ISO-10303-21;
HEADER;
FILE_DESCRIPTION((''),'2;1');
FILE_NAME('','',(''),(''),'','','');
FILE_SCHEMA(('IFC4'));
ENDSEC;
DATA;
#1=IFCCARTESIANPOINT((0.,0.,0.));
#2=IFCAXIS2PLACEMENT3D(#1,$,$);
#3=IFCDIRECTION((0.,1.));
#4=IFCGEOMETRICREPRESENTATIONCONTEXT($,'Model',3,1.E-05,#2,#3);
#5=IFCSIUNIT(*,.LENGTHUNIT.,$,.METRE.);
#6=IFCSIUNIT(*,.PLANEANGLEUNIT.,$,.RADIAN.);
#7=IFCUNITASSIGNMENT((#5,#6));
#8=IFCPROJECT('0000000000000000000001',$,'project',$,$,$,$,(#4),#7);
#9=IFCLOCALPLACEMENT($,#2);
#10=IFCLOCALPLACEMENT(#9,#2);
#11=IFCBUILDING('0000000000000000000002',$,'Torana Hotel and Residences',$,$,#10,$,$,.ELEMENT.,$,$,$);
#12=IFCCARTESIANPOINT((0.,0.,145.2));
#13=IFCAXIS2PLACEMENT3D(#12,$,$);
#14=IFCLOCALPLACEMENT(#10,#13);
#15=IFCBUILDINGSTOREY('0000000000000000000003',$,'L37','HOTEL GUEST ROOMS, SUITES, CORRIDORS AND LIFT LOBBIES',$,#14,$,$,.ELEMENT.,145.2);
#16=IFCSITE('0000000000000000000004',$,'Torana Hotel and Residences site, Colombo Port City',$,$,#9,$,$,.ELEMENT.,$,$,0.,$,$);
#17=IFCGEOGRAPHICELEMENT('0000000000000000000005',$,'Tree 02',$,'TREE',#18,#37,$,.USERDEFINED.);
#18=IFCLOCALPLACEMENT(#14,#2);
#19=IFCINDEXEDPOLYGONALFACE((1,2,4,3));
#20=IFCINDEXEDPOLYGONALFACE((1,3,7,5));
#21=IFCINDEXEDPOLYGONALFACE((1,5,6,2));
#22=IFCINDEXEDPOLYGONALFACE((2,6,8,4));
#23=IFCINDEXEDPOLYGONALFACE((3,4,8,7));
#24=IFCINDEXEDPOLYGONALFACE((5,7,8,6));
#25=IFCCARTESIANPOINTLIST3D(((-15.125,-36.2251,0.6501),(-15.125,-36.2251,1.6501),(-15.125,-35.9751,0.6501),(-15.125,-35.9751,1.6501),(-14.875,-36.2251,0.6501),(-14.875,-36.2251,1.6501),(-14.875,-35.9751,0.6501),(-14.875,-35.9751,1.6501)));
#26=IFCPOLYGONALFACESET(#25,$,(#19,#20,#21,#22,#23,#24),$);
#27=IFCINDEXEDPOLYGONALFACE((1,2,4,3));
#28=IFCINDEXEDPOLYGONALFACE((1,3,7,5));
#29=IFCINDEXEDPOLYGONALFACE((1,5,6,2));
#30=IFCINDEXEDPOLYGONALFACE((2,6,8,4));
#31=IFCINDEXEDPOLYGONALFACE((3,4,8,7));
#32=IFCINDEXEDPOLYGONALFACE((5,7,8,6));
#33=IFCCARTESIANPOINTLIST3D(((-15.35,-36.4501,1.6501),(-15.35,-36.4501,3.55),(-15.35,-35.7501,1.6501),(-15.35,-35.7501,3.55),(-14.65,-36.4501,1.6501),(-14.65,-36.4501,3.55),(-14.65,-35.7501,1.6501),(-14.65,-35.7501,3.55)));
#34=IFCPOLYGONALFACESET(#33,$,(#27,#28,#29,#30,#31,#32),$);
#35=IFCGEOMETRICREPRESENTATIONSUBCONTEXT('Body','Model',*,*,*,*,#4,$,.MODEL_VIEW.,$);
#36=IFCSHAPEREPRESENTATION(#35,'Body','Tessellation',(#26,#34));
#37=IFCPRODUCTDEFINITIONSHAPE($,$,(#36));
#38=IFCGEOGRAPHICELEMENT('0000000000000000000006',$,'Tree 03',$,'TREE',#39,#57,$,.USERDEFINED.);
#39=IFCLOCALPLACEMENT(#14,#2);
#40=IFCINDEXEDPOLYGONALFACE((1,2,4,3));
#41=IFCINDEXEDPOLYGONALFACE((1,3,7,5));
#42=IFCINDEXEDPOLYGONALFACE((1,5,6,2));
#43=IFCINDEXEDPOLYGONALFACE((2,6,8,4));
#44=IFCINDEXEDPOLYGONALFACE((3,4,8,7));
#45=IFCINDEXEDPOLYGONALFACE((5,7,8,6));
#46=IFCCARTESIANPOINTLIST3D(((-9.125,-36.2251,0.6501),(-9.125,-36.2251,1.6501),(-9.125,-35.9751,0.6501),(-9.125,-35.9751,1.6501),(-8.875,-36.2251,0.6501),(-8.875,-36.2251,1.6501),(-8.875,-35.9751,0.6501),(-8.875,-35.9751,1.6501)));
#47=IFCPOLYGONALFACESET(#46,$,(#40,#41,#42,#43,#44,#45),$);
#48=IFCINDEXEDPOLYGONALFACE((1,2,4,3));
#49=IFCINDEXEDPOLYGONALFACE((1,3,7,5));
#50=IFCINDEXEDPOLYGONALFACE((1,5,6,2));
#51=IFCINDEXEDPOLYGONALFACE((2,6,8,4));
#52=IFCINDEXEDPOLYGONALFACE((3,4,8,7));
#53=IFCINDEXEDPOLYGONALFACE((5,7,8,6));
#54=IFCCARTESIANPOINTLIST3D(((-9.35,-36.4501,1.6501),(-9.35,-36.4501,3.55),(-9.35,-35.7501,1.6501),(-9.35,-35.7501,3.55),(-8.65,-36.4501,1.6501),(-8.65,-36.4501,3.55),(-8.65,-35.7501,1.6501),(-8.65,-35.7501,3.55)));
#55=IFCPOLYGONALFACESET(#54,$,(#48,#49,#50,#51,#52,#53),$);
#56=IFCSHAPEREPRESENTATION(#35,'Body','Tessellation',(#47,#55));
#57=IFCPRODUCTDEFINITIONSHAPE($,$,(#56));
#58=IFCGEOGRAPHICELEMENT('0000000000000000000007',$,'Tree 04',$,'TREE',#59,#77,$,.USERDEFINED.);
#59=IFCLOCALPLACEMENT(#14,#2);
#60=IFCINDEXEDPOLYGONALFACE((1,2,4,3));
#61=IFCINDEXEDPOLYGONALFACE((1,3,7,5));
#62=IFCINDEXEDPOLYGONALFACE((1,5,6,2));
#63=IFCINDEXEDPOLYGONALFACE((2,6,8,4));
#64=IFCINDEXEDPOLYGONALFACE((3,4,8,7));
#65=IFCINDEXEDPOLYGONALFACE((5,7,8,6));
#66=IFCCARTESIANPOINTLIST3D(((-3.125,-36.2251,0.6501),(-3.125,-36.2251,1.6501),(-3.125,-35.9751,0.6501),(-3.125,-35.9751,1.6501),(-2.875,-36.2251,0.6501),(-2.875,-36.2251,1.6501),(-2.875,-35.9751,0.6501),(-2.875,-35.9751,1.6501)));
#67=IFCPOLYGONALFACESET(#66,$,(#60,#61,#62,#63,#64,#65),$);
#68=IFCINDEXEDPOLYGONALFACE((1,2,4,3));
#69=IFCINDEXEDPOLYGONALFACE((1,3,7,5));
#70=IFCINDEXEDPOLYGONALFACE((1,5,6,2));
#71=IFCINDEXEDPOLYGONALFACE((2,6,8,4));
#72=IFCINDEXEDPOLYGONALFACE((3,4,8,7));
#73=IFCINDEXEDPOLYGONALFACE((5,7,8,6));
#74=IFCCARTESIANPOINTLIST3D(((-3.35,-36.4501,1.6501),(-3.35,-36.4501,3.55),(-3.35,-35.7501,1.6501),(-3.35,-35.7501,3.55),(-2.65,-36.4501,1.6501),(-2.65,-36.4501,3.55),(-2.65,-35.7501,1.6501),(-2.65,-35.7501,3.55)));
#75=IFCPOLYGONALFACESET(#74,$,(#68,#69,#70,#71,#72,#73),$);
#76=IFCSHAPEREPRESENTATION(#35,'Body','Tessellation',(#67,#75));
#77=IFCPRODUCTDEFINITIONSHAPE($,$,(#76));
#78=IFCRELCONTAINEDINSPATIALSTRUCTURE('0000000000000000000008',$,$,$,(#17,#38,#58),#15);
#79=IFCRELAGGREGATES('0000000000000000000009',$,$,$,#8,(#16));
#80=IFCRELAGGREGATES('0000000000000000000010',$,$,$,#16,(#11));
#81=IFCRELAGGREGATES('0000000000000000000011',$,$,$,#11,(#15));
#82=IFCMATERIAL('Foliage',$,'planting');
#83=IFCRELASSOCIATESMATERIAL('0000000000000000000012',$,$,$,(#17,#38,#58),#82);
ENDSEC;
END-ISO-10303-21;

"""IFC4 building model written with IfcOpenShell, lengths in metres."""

from ifc_helpers import new_model, si_unit, direction, frame, origin, origin_2d, place, context, subcontext, project, spatial, rectangle, extrude, material, element, save


model = new_model("IFC4")

# Units and contexts
model_context = context("Model", 3, precision=1e-05, world=origin(), true_north=direction((0.0, 1.0)))
body_context = subcontext(model_context, "Body", "Model", "MODEL_VIEW")
ifc_project = project(units=[si_unit("LENGTHUNIT", "METRE"), si_unit("PLANEANGLEUNIT", "RADIAN")], contexts=[model_context])

# Site, building, storey
site_placement = place(None, origin())
site = spatial("IfcSite", under=ifc_project, at=site_placement, Name="Torana Hotel and Residences site, Colombo Port City", CompositionType="ELEMENT", RefElevation=0.0)
building_placement = place(site_placement, origin())
building = spatial("IfcBuilding", under=site, at=building_placement, Name="Torana Hotel and Residences", CompositionType="ELEMENT")
storey_placement = place(building_placement, frame((0.0, 0.0, 145.2)))
storey = spatial("IfcBuildingStorey", under=building, at=storey_placement, Name="L37", Description="HOTEL GUEST ROOMS, SUITES, CORRIDORS AND LIFT LOBBIES", CompositionType="ELEMENT", Elevation=145.2)

# Geographic elements
ifc_material_1 = material(Name="Foliage", Category="planting")
for number, where, z_axis, x_axis, name in (
    (1, (-15.0, -36.1001, 0.6501), (0.0, 0.0, 1.0), (1.0, 0.0, 0.0), "Tree 02"),
    (2, (-9.0, -36.1001, 0.6501), (0.0, 0.0, 1.0), (1.0, 0.0, 0.0), "Tree 03"),
    (3, (-3.0, -36.1001, 0.6501), (0.0, 0.0, 1.0), (1.0, 0.0, 0.0), "Tree 04"),
):
    element("IfcGeographicElement", number, at=place(storey_placement, frame(where, z_axis=z_axis, x_axis=x_axis)), inside=storey, material=ifc_material_1, Name=name, ObjectType="TREE", PredefinedType="USERDEFINED", context=body_context, shape_type="SweptSolid", body=[
        extrude(rectangle(XDim=0.25, YDim=0.25, at=origin_2d()), origin(), (0.0, 0.0, 1.0), 1.0),
        extrude(rectangle(XDim=0.7, YDim=0.7, at=origin_2d()), frame((0.0, 0.0, 1.0)), (0.0, 0.0, 1.0), 1.8999),
    ])

save(model, "model.ifc")
